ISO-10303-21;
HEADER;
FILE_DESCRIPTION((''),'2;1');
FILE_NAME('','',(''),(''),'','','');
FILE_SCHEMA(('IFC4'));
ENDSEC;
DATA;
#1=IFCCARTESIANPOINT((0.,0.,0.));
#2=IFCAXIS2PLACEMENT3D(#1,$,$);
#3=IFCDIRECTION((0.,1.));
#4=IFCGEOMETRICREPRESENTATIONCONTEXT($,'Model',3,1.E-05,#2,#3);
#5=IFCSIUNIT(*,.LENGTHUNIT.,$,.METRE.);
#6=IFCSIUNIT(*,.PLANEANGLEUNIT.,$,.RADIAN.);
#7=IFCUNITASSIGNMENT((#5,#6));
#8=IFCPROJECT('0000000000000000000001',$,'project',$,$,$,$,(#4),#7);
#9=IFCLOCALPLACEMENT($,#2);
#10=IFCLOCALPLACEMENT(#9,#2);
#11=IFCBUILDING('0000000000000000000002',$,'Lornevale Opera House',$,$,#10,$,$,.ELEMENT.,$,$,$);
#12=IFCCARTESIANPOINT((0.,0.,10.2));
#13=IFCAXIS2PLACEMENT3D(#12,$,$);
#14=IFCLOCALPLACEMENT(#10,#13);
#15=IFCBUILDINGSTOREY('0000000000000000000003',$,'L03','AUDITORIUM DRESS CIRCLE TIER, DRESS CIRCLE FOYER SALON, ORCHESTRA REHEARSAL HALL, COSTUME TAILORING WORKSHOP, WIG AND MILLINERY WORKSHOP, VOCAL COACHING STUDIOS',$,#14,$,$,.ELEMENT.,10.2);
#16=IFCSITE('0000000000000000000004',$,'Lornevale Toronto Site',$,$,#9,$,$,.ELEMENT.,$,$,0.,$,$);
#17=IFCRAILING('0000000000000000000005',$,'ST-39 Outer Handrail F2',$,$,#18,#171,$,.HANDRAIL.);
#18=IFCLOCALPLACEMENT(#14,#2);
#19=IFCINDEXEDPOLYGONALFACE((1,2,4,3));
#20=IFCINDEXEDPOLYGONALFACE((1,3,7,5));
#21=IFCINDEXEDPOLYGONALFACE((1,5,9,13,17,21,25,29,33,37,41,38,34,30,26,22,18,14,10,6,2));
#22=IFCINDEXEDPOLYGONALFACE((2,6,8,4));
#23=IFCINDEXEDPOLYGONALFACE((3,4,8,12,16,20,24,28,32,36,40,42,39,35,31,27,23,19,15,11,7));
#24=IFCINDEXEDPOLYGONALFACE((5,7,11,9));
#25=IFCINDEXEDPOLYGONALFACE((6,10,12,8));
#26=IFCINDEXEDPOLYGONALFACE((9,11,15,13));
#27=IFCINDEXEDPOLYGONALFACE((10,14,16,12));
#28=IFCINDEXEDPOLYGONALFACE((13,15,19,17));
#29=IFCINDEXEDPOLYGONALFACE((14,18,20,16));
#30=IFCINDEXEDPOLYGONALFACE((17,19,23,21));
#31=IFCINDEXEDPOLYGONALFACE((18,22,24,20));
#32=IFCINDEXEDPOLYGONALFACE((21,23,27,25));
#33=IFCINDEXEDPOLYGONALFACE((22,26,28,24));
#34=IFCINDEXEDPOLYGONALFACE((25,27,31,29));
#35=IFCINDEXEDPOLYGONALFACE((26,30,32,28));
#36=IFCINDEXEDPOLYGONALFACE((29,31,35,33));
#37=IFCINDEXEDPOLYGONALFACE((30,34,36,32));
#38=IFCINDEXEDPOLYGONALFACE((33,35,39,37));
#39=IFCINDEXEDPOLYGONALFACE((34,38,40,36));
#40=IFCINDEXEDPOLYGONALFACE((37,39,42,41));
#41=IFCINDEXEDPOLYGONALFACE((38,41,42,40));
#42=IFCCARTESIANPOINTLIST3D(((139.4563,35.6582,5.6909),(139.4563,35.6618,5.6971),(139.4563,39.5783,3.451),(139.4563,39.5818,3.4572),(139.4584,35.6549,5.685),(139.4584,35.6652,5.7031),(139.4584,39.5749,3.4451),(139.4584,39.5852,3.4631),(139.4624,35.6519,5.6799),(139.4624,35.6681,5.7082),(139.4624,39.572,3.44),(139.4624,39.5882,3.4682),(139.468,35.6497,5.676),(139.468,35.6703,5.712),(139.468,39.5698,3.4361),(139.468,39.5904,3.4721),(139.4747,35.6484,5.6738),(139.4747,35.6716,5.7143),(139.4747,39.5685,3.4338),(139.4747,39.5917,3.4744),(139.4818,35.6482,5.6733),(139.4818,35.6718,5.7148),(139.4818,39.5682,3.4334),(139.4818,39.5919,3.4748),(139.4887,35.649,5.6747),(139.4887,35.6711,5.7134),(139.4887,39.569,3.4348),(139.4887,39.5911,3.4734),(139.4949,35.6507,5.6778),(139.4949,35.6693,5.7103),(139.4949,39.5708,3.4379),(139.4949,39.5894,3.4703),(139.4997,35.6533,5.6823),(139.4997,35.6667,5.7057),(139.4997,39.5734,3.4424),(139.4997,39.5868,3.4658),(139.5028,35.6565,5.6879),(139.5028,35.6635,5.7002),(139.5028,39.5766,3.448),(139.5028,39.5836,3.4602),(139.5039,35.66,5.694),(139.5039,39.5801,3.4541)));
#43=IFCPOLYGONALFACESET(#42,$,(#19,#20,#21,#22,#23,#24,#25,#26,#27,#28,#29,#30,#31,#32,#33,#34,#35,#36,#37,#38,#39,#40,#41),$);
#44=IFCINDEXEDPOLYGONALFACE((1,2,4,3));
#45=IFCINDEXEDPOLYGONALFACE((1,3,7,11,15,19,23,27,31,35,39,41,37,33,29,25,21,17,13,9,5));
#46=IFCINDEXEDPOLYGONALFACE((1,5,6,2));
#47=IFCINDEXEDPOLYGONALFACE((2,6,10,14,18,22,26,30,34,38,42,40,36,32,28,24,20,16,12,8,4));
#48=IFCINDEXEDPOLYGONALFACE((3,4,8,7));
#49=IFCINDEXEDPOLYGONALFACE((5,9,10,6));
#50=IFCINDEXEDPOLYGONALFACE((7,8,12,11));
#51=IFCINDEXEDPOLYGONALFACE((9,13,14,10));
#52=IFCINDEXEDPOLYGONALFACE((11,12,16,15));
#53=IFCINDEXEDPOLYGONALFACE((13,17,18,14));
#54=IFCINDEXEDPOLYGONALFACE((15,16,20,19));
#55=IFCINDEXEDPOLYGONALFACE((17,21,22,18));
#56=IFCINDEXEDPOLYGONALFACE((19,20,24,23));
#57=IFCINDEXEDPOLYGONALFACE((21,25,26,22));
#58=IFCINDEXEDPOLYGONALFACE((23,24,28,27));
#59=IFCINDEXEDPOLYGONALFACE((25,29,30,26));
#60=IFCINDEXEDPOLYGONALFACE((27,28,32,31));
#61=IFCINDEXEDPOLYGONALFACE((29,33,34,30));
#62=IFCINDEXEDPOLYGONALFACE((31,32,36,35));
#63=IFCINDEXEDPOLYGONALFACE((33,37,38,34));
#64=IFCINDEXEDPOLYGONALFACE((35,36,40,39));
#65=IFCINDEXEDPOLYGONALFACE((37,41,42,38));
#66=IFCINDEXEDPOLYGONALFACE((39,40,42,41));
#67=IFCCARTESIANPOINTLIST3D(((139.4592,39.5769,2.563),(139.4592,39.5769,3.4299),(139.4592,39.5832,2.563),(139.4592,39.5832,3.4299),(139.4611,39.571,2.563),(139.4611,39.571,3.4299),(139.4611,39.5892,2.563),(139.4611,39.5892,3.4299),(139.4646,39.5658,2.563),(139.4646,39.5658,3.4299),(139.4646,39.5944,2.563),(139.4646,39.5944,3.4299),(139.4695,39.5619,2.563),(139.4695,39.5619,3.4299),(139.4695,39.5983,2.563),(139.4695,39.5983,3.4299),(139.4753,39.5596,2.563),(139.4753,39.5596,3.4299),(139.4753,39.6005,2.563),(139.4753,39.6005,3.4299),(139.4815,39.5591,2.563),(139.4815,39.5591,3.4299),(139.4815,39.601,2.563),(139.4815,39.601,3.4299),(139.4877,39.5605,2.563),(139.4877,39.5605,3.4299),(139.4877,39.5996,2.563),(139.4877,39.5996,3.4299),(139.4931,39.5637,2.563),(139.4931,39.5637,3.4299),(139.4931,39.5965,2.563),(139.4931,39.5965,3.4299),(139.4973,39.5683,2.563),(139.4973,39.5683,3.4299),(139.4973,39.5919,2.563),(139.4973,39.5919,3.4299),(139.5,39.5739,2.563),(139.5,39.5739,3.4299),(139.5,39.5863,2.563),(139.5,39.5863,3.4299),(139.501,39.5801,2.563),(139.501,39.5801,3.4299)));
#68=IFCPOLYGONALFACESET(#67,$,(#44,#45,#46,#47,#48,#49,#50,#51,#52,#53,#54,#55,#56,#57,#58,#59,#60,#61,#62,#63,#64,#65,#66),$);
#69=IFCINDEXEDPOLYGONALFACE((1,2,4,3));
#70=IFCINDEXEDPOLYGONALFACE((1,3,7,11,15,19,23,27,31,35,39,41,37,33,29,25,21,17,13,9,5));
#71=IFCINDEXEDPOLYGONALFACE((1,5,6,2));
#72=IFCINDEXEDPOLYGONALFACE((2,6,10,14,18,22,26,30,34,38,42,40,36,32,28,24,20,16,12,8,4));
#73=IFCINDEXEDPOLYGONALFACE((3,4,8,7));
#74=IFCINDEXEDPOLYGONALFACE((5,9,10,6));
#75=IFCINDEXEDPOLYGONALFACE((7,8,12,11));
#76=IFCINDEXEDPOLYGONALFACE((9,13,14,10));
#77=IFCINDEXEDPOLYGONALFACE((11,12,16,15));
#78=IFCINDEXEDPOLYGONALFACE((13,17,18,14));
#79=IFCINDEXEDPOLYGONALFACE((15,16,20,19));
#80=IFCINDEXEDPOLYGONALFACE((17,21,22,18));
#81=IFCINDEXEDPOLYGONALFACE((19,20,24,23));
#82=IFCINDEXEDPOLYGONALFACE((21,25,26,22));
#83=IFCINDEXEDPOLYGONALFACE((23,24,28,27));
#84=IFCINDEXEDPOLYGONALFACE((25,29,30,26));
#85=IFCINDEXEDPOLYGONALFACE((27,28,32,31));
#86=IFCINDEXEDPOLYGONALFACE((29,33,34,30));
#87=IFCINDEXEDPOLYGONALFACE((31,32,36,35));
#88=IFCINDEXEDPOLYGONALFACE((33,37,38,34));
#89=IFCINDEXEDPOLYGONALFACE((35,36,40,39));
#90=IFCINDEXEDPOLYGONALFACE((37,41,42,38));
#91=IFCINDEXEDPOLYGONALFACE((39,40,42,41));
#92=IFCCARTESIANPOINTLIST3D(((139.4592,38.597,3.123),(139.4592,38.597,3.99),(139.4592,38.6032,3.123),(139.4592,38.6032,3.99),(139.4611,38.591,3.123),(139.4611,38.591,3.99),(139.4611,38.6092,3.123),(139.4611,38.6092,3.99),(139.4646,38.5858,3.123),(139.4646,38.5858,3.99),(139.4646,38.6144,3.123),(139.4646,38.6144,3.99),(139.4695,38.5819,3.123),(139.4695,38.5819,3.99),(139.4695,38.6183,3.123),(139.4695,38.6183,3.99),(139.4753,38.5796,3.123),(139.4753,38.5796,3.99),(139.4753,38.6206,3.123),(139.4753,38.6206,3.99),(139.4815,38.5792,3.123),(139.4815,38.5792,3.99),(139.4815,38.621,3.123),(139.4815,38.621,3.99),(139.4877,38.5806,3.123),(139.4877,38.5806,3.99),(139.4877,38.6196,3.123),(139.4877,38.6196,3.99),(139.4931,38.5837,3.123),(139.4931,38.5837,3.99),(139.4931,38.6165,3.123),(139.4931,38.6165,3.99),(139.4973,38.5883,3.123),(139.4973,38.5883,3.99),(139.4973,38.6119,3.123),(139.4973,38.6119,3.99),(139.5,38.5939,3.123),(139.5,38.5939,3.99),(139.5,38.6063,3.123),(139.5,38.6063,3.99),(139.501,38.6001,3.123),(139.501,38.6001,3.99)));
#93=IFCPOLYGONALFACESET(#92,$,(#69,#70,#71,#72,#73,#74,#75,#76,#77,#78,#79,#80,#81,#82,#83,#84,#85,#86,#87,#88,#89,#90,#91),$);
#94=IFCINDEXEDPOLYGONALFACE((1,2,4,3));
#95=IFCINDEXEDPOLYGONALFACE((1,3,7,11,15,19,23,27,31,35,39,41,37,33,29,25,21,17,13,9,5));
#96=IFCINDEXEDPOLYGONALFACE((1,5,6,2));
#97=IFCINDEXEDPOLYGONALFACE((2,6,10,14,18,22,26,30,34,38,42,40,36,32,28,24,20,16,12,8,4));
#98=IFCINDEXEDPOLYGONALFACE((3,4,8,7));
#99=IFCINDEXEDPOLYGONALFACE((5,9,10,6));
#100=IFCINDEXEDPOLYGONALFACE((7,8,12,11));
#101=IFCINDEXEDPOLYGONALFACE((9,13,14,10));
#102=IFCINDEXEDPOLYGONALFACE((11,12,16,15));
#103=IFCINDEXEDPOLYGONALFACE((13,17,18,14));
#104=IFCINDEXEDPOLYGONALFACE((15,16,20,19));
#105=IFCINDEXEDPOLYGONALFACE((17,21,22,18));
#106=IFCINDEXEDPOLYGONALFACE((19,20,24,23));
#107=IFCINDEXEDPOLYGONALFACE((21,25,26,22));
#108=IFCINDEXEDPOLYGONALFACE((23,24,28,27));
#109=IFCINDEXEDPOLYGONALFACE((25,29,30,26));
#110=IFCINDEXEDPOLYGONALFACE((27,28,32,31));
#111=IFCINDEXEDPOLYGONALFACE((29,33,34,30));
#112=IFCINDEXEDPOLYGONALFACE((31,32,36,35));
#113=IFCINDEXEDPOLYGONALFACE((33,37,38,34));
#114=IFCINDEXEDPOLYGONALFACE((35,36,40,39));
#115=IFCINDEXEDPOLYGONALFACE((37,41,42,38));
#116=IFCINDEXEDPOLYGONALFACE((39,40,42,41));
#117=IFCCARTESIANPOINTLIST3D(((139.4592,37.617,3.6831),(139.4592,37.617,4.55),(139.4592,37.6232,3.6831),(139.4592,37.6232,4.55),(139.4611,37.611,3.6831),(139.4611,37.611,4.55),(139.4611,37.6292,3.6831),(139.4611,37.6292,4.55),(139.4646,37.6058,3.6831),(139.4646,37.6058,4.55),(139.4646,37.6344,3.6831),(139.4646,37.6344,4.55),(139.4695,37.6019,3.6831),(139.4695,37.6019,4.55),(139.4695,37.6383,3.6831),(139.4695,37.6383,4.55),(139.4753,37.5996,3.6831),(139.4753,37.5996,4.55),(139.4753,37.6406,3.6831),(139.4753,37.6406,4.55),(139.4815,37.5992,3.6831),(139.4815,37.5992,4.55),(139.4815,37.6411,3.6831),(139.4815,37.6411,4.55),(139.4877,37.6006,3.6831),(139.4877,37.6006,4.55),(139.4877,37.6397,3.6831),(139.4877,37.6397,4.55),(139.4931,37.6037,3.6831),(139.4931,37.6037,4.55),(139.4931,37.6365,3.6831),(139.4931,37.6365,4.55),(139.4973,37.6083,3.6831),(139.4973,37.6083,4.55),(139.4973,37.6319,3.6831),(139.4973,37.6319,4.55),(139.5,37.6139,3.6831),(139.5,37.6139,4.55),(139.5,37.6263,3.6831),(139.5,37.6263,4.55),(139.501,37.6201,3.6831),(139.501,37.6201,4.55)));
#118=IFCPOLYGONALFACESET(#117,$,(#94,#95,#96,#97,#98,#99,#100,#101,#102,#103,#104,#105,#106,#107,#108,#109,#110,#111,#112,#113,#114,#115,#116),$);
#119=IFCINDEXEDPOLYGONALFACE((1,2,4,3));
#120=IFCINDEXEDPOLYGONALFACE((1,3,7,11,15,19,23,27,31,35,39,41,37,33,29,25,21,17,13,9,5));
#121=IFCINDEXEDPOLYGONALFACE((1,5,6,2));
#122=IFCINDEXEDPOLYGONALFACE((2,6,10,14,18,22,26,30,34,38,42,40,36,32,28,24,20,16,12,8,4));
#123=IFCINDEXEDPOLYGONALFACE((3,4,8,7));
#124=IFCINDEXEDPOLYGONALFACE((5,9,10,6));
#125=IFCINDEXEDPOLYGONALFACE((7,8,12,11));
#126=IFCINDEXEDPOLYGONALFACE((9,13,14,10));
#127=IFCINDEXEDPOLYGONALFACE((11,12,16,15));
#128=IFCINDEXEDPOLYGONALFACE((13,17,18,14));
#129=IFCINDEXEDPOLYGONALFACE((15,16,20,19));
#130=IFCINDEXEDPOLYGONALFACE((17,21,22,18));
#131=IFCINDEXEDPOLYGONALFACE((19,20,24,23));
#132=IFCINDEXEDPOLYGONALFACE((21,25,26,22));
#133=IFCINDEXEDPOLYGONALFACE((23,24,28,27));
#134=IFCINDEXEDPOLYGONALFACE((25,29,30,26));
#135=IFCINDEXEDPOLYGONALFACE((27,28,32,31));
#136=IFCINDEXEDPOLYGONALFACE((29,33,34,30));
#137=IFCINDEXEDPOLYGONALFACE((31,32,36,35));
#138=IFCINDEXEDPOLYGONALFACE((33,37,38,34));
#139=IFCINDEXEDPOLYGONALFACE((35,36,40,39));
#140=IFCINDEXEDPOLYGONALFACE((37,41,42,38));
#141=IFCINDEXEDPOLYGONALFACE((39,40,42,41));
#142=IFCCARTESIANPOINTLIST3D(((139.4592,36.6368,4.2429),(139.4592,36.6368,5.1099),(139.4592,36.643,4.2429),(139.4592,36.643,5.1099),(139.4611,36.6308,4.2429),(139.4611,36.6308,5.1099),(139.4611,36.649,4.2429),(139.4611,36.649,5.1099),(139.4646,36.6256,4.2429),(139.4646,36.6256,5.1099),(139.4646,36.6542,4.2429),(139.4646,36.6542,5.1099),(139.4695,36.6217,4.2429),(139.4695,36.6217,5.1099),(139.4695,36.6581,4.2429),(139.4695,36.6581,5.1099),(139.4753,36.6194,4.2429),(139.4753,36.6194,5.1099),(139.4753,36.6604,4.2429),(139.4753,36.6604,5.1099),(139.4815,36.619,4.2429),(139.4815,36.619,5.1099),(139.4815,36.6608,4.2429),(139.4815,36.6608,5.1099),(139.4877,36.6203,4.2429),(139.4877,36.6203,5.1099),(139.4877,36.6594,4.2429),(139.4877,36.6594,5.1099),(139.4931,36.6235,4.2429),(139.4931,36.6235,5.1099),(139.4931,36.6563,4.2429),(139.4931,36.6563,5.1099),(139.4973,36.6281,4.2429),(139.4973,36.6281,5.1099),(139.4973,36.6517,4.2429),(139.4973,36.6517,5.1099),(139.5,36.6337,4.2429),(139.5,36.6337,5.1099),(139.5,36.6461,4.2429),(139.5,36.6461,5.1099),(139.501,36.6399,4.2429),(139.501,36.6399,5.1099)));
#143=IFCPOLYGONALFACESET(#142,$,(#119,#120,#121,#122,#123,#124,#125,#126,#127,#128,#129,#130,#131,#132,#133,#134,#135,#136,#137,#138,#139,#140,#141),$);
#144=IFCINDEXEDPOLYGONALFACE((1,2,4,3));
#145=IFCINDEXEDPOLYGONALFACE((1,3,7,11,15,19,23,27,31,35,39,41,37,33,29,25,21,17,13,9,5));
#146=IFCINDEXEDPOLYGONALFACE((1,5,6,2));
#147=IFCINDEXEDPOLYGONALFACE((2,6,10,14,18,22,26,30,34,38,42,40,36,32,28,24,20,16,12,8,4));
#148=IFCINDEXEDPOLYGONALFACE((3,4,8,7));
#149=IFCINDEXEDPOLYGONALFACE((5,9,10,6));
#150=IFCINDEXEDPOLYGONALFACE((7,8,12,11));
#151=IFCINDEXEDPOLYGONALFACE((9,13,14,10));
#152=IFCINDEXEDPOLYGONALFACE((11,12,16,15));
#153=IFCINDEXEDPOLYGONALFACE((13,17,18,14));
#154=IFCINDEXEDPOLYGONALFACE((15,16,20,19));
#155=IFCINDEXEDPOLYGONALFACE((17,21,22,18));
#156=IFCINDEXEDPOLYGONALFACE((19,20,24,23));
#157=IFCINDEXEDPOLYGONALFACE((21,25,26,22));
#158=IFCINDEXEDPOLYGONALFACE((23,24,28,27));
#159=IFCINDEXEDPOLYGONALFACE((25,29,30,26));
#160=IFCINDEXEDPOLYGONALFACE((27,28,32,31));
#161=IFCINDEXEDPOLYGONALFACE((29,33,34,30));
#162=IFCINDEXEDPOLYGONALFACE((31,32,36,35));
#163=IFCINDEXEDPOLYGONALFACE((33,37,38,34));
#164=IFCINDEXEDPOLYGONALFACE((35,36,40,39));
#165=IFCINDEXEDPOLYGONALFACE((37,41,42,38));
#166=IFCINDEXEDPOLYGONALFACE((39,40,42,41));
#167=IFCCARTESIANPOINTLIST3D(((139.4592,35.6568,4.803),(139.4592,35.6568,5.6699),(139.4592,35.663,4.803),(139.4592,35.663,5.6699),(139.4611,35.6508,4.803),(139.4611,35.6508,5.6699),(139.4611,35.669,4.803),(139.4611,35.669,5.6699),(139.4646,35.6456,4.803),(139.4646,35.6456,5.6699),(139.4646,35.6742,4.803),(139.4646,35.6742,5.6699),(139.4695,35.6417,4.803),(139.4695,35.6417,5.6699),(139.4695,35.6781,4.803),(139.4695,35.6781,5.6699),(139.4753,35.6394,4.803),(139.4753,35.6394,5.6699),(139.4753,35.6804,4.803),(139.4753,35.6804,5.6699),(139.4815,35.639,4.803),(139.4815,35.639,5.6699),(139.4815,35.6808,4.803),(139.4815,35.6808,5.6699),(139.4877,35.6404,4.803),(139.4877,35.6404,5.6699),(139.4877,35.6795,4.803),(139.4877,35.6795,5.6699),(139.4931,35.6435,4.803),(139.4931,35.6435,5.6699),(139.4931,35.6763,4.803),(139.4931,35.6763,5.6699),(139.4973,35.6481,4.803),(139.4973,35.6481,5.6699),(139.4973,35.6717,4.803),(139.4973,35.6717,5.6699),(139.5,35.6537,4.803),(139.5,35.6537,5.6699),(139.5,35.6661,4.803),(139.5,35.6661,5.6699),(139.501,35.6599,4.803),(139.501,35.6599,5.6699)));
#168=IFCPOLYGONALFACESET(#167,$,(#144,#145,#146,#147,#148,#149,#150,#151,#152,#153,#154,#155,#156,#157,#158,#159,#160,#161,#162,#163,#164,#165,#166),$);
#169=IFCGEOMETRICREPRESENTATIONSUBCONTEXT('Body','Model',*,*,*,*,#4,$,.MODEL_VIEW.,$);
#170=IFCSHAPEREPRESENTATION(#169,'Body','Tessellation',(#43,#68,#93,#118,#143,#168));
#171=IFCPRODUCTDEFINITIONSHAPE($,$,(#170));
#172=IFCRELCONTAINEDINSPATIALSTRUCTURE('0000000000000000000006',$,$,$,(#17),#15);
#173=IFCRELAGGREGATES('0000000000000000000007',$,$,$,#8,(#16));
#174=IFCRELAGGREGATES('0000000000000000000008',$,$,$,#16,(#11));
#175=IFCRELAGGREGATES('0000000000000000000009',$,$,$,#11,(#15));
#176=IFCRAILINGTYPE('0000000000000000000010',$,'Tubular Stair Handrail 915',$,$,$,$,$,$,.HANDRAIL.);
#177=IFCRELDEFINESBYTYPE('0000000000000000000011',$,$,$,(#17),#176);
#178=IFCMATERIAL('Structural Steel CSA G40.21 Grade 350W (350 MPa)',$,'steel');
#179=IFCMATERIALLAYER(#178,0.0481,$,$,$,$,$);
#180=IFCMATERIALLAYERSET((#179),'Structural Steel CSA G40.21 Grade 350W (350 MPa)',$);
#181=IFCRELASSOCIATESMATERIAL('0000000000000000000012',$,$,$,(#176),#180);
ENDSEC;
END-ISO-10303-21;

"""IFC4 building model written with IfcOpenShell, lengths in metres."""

from ifc_helpers import new_model, si_unit, direction, frame, origin, origin_2d, place, context, subcontext, project, spatial, circle, extrude, material, layer, layer_set, type_object, element, save


model = new_model("IFC4")

# Units and contexts
model_context = context("Model", 3, precision=1e-05, world=origin(), true_north=direction((0.0, 1.0)))
body_context = subcontext(model_context, "Body", "Model", "MODEL_VIEW")
ifc_project = project(units=[si_unit("LENGTHUNIT", "METRE"), si_unit("PLANEANGLEUNIT", "RADIAN")], contexts=[model_context])

# Site, building, storey
site_placement = place(None, origin())
site = spatial("IfcSite", under=ifc_project, at=site_placement, Name="Lornevale Toronto Site", CompositionType="ELEMENT", RefElevation=0.0)
building_placement = place(site_placement, origin())
building = spatial("IfcBuilding", under=site, at=building_placement, Name="Lornevale Opera House", CompositionType="ELEMENT")
storey_placement = place(building_placement, frame((0.0, 0.0, 10.2)))
storey = spatial("IfcBuildingStorey", under=building, at=storey_placement, Name="L03", Description="AUDITORIUM DRESS CIRCLE TIER, DRESS CIRCLE FOYER SALON, ORCHESTRA REHEARSAL HALL, COSTUME TAILORING WORKSHOP, WIG AND MILLINERY WORKSHOP, VOCAL COACHING STUDIOS", CompositionType="ELEMENT", Elevation=10.2)

# Shared definitions
ifc_material_1 = material(Name="Structural Steel CSA G40.21 Grade 350W (350 MPa)", Category="steel")

# Railing
ifc_layer_1 = layer(ifc_material_1, 0.0481)
ifc_layer_set_1 = layer_set([ifc_layer_1], Name="Structural Steel CSA G40.21 Grade 350W (350 MPa)")
railing_type_1 = type_object("IfcRailingType", Name="Tubular Stair Handrail 915", PredefinedType="HANDRAIL", material=ifc_layer_set_1)
railing_placement = place(storey_placement, frame((139.48, 39.5801, 2.563)))
element("IfcRailing", 1, at=railing_placement, inside=storey, type_object=railing_type_1, Name="ST-39 Outer Handrail F2", PredefinedType="HANDRAIL", context=body_context, shape_type="SweptSolid", body=[
    extrude(circle(Radius=0.0239, at=origin_2d()), frame((0.0, 0.0, 0.8911), z_axis=(0.0, -0.868253, 0.496121), x_axis=(1.0, 0.0, 0.0)), (0.0, 0.0, 1.0), 4.5149),
    extrude(circle(Radius=0.021, at=origin_2d()), origin(), (0.0, 0.0, 1.0), 0.8669),
    extrude(circle(Radius=0.021, at=origin_2d()), frame((0.0, -0.98, 0.5601)), (0.0, 0.0, 1.0), 0.8669),
    extrude(circle(Radius=0.021, at=origin_2d()), frame((0.0, -1.96, 1.1201)), (0.0, 0.0, 1.0), 0.8669),
    extrude(circle(Radius=0.021, at=origin_2d()), frame((0.0, -2.9402, 1.6799)), (0.0, 0.0, 1.0), 0.8669),
    extrude(circle(Radius=0.021, at=origin_2d()), frame((0.0, -3.9202, 2.24)), (0.0, 0.0, 1.0), 0.8669),
])

save(model, "model.ifc")
